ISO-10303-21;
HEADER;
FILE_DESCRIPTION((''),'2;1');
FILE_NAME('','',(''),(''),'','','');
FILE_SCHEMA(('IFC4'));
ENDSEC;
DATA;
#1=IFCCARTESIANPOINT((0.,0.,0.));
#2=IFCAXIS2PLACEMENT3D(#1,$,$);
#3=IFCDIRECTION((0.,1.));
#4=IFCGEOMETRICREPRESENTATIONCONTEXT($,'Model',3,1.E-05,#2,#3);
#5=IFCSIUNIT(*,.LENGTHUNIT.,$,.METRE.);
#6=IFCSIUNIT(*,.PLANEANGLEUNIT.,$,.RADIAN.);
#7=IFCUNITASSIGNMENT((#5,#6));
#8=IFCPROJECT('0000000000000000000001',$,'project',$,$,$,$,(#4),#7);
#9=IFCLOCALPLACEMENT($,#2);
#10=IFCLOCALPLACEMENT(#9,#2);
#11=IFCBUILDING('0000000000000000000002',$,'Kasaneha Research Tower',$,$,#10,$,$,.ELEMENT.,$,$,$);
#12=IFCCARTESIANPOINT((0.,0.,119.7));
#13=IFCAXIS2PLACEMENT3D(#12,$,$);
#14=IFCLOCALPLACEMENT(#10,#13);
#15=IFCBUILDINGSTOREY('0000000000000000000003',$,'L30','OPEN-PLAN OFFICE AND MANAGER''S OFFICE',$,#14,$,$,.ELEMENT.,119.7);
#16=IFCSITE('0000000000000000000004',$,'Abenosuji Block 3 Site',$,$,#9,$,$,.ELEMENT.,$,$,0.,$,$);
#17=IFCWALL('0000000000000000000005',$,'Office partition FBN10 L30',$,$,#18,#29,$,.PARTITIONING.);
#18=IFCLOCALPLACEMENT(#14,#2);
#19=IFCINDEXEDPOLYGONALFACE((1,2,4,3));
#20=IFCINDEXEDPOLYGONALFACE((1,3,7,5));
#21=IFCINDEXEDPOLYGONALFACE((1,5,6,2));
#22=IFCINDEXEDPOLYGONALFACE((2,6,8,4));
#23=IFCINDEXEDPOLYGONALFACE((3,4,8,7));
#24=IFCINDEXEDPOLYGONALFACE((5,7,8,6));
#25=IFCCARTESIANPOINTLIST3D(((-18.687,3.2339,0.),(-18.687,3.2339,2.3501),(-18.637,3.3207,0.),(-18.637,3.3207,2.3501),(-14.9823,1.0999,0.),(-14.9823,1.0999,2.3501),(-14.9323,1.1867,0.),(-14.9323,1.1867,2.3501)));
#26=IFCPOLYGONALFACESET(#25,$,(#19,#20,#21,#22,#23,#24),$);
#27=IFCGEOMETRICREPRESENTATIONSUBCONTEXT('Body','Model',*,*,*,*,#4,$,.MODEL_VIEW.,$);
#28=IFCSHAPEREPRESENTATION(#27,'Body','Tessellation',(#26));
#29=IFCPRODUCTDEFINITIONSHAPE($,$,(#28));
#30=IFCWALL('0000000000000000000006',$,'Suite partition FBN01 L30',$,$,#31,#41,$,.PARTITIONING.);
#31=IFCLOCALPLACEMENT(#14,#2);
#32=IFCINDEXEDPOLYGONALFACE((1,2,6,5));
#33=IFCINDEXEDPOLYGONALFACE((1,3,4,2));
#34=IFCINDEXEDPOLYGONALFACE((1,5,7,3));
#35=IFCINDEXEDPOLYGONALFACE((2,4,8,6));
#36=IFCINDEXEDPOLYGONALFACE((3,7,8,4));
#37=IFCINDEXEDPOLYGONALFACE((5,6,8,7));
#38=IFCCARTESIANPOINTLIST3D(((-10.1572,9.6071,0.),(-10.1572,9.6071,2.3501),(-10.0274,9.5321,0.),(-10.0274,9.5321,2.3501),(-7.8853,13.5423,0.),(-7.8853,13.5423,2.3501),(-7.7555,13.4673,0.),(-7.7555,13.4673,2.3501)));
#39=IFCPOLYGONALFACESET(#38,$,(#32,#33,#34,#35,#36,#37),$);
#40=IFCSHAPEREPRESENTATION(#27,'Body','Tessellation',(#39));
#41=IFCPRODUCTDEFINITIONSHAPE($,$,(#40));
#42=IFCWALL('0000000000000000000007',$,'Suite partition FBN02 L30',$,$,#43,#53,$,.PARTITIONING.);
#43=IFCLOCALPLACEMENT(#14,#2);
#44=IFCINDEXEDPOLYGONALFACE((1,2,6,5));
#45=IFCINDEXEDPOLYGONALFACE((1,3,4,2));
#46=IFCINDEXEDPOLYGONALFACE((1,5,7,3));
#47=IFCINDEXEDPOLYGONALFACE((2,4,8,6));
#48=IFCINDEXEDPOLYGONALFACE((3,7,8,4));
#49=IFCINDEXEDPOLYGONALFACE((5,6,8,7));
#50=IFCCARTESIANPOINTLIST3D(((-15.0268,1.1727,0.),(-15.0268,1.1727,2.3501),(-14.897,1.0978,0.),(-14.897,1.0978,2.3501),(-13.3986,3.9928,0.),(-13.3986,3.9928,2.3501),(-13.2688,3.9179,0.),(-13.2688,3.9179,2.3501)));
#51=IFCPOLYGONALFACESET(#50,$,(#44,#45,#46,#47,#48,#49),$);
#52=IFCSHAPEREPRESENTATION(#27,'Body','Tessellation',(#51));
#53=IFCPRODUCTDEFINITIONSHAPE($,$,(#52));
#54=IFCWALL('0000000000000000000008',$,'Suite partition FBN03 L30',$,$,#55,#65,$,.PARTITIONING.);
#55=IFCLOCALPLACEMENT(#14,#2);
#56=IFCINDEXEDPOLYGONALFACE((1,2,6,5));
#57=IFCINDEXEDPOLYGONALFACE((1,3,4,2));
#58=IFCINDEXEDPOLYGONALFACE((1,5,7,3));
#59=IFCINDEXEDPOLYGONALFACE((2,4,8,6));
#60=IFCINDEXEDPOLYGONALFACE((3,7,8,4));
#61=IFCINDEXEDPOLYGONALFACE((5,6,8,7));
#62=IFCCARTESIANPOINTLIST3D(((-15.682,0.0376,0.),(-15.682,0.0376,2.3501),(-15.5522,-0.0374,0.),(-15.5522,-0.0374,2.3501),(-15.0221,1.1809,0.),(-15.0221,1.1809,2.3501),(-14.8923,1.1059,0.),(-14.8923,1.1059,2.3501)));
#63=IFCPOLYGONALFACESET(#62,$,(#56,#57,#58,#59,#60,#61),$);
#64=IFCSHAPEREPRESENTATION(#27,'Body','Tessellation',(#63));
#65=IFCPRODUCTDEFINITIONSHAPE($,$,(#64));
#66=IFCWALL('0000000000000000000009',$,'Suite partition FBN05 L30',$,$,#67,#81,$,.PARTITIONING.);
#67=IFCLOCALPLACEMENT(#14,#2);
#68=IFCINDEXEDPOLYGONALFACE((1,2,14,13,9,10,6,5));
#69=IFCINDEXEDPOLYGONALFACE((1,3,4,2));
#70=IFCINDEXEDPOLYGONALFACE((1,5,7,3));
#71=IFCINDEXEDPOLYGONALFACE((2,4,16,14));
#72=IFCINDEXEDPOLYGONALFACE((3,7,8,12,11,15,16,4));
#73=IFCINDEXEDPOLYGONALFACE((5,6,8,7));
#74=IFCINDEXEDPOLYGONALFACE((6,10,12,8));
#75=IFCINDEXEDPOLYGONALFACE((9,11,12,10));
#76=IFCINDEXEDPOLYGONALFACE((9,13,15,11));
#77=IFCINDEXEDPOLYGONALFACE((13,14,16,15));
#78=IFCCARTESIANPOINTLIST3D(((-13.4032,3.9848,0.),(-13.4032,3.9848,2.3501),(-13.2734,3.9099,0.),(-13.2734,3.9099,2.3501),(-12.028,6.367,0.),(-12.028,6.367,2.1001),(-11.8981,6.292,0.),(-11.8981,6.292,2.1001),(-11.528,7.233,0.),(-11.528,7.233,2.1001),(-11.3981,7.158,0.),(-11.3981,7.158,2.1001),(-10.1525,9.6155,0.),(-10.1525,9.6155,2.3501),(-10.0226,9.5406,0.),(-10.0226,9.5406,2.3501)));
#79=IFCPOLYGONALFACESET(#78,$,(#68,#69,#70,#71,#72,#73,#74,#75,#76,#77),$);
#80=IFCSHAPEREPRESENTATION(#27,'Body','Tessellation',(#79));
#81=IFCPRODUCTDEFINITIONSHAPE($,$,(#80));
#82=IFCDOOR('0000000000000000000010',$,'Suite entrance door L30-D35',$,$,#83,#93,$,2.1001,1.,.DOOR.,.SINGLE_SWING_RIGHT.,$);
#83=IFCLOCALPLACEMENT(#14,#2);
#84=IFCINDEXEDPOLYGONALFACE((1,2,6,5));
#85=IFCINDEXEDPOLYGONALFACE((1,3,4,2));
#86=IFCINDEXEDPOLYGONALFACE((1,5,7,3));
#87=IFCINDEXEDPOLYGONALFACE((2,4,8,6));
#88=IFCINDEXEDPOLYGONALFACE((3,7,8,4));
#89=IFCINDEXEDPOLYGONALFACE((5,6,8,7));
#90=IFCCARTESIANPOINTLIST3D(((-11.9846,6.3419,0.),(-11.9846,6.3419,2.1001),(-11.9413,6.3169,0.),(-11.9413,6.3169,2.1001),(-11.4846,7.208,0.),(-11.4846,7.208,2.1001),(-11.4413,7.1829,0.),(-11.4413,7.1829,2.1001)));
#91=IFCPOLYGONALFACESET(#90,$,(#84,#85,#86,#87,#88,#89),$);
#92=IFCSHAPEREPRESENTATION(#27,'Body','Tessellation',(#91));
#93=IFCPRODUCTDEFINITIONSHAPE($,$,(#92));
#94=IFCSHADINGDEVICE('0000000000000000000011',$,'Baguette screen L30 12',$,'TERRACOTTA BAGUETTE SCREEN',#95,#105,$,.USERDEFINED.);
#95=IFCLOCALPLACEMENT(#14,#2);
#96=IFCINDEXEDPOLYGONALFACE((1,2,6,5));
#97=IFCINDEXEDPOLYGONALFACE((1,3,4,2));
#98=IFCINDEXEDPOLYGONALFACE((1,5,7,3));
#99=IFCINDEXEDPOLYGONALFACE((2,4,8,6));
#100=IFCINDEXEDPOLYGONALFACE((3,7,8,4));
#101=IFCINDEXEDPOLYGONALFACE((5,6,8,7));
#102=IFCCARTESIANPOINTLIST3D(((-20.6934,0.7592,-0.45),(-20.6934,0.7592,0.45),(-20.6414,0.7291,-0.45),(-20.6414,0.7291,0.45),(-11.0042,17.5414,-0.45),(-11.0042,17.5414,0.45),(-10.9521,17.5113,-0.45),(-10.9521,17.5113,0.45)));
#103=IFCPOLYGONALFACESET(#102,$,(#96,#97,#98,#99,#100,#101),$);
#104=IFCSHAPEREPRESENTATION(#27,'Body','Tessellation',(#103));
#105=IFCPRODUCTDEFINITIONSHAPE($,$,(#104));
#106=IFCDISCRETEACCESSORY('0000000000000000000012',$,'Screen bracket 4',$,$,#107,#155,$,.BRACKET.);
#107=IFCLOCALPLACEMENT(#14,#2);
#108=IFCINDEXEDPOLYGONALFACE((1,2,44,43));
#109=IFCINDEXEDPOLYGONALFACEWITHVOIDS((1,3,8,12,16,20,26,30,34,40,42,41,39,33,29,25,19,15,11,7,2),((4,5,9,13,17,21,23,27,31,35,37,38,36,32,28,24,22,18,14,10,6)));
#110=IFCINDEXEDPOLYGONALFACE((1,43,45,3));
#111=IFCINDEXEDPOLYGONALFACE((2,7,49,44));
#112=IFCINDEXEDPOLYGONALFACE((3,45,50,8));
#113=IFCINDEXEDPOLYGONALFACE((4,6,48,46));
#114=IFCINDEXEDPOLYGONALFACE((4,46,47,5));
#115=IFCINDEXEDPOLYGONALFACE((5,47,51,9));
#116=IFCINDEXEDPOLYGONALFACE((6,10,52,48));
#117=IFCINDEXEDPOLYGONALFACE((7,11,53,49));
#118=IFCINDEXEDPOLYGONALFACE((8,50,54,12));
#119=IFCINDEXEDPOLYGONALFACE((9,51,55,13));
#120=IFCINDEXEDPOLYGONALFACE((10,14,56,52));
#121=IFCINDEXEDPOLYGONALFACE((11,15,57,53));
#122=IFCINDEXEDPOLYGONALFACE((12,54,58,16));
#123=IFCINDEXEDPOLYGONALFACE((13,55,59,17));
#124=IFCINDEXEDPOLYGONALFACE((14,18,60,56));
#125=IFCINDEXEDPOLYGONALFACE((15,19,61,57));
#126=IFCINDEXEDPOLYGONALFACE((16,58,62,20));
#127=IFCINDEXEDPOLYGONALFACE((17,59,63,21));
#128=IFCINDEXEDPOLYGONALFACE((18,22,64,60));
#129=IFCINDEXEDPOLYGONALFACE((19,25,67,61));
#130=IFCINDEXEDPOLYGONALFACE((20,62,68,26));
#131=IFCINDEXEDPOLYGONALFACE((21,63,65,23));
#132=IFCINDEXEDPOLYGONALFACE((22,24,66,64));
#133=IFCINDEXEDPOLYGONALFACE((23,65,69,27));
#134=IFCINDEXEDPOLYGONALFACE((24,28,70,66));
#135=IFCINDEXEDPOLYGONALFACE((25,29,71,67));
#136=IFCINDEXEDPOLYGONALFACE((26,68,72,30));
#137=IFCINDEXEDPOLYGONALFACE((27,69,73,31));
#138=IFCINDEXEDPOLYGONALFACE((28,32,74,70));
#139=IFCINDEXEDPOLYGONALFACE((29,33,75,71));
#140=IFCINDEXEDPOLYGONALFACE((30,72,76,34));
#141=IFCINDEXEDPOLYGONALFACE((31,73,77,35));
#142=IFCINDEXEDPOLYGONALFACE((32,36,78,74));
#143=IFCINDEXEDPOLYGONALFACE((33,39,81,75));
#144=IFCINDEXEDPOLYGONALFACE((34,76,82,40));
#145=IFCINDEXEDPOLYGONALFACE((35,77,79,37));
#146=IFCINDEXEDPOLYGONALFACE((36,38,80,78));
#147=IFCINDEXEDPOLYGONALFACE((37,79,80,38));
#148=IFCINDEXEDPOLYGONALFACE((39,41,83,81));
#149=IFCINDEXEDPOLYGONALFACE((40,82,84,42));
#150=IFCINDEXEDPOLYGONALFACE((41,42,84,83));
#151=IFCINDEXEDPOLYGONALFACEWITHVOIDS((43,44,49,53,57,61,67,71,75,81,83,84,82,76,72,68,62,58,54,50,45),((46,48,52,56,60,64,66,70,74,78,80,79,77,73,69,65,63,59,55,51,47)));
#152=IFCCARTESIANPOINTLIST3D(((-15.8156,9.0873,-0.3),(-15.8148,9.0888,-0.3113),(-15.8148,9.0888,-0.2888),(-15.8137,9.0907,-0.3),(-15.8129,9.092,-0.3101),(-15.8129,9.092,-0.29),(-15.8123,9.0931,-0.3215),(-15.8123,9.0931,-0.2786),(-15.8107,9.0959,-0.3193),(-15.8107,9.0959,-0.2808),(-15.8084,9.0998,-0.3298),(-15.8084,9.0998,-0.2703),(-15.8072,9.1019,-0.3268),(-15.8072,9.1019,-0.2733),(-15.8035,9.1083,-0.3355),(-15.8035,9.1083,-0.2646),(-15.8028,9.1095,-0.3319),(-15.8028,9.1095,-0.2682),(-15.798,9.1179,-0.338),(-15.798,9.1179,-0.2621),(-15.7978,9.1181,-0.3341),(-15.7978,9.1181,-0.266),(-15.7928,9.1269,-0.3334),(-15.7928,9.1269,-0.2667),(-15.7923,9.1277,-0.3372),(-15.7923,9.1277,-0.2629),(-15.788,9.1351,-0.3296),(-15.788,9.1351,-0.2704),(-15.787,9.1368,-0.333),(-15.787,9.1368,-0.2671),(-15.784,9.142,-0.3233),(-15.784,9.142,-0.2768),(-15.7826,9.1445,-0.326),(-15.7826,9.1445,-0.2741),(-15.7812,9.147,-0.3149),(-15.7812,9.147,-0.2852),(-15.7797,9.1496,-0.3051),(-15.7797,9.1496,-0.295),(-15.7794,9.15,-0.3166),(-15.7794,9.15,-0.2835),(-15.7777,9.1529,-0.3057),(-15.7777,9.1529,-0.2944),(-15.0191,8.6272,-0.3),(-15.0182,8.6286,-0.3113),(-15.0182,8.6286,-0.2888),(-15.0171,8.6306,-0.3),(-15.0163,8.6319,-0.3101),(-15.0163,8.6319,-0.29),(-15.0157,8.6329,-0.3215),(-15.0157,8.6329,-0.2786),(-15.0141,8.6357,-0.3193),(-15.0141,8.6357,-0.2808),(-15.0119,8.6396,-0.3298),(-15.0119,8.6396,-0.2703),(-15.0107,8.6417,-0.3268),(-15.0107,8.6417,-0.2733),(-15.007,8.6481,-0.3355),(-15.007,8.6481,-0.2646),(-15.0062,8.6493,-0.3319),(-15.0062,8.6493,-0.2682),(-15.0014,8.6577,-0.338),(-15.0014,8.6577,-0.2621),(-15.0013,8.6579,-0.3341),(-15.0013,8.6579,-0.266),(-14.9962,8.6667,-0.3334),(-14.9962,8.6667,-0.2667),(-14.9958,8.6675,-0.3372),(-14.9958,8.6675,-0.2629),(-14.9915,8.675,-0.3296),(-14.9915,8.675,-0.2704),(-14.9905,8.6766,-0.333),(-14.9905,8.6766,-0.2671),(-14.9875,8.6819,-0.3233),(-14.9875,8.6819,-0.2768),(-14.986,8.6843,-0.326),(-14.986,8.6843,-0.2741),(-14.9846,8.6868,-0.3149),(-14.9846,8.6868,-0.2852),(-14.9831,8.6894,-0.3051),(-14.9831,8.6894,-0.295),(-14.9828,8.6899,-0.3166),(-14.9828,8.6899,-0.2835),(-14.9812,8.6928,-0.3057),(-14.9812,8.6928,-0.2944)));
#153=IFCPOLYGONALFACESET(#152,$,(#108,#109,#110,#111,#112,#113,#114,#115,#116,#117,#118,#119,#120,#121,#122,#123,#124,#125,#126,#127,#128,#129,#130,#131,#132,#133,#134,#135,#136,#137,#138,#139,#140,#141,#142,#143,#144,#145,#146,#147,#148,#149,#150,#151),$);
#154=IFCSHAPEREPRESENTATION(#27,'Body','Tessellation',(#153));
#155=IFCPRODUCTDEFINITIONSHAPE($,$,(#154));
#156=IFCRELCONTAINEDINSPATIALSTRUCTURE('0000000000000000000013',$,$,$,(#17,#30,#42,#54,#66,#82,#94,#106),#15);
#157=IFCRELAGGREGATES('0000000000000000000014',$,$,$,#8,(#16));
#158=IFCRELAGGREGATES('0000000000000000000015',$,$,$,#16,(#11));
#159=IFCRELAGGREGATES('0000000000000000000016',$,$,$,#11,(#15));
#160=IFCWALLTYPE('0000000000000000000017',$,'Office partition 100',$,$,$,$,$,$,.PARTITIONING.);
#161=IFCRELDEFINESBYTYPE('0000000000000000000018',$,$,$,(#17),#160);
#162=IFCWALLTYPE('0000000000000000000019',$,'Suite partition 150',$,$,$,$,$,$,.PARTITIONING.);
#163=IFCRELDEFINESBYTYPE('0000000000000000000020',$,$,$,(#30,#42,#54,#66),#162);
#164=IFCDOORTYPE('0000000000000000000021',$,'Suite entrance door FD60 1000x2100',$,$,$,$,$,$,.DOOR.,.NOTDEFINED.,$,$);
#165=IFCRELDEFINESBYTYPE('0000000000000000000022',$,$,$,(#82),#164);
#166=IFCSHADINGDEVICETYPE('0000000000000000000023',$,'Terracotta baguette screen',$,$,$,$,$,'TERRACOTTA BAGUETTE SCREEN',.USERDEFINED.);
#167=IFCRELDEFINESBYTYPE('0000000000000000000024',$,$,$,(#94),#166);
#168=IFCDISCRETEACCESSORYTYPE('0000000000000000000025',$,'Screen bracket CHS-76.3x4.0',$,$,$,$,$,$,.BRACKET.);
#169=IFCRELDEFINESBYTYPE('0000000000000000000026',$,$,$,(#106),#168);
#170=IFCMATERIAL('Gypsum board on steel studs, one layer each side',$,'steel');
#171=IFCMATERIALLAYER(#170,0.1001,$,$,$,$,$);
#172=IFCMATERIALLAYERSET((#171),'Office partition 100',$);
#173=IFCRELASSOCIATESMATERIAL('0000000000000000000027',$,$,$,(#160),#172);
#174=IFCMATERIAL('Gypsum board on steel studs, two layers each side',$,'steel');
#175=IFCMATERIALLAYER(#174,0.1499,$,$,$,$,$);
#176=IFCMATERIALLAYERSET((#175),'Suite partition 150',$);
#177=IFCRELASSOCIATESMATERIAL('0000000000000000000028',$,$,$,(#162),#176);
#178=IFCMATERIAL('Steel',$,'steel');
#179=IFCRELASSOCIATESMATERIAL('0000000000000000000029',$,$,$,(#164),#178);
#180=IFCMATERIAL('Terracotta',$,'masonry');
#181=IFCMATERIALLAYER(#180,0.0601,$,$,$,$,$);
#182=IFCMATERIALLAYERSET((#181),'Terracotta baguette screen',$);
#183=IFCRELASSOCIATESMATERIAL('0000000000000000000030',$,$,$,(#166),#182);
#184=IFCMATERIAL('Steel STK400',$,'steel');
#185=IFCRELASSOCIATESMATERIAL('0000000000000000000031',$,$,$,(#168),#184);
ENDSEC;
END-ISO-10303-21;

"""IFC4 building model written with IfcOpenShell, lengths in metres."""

from ifc_helpers import new_model, si_unit, direction, frame, frame_2d, origin, origin_2d, place, context, subcontext, project, spatial, rectangle, hollow_circle, extrude, material, layer, layer_set, material_profile, profile_set, type_object, element, fill, save


model = new_model("IFC4")

# Units and contexts
model_context = context("Model", 3, precision=1e-05, world=origin(), true_north=direction((0.0, 1.0)))
body_context = subcontext(model_context, "Body", "Model", "MODEL_VIEW")
ifc_project = project(units=[si_unit("LENGTHUNIT", "METRE"), si_unit("PLANEANGLEUNIT", "RADIAN")], contexts=[model_context])

# Site, building, storey
site_placement = place(None, origin())
site = spatial("IfcSite", under=ifc_project, at=site_placement, Name="Abenosuji Block 3 Site", CompositionType="ELEMENT", RefElevation=0.0)
building_placement = place(site_placement, origin())
building = spatial("IfcBuilding", under=site, at=building_placement, Name="Kasaneha Research Tower", CompositionType="ELEMENT")
storey_placement = place(building_placement, frame((0.0, 0.0, 119.7)))
storey = spatial("IfcBuildingStorey", under=building, at=storey_placement, Name="L30", Description="OPEN-PLAN OFFICE AND MANAGER'S OFFICE", CompositionType="ELEMENT", Elevation=119.7)

# Shared definitions
ifc_material_1 = material(Name="Gypsum board on steel studs, one layer each side", Category="steel")
ifc_layer_1 = layer(ifc_material_1, 0.1001)
ifc_layer_set_1 = layer_set([ifc_layer_1], Name="Office partition 100")
wall_type_1 = type_object("IfcWallType", Name="Office partition 100", PredefinedType="PARTITIONING", material=ifc_layer_set_1)

# Walls
wall_1_placement = place(storey_placement, frame((-14.9573, 1.1433, 0.0), z_axis=(0.0, 0.0, 1.0), x_axis=(-0.866527, 0.499131, 0.0)))
element("IfcWall", 1, at=wall_1_placement, inside=storey, type_object=wall_type_1, Name="Office partition FBN10 L30", PredefinedType="PARTITIONING", context=body_context, shape_type="SweptSolid", body=[
    extrude(rectangle(XDim=4.2754, YDim=0.1001, at=frame_2d((2.1377, 0.0))), origin(), (0.0, 0.0, 1.0), 2.3501),
])
ifc_material_2 = material(Name="Gypsum board on steel studs, two layers each side", Category="steel")
ifc_layer_2 = layer(ifc_material_2, 0.1499)
ifc_layer_set_2 = layer_set([ifc_layer_2], Name="Suite partition 150")
wall_type_2 = type_object("IfcWallType", Name="Suite partition 150", PredefinedType="PARTITIONING", material=ifc_layer_set_2)
wall_2_placement = place(storey_placement, frame((-10.0923, 9.5696, 0.0), z_axis=(0.0, 0.0, 1.0), x_axis=(0.499988, 0.866033, 0.0)))
element("IfcWall", 2, at=wall_2_placement, inside=storey, type_object=wall_type_2, Name="Suite partition FBN01 L30", PredefinedType="PARTITIONING", context=body_context, shape_type="SweptSolid", body=[
    extrude(rectangle(XDim=4.5439, YDim=0.1499, at=frame_2d((2.272, 0.0))), origin(), (0.0, 0.0, 1.0), 2.3501),
])
wall_3_placement = place(storey_placement, frame((-14.9619, 1.1353, 0.0), z_axis=(0.0, 0.0, 1.0), x_axis=(0.500002, 0.866025, 0.0)))
element("IfcWall", 3, at=wall_3_placement, inside=storey, type_object=wall_type_2, Name="Suite partition FBN02 L30", PredefinedType="PARTITIONING", context=body_context, shape_type="SweptSolid", body=[
    extrude(rectangle(XDim=3.2563, YDim=0.1499, at=frame_2d((1.6282, 0.0))), origin(), (0.0, 0.0, 1.0), 2.3501),
])
wall_4_placement = place(storey_placement, frame((-15.6172, 0.0, 0.0), z_axis=(0.0, 0.0, 1.0), x_axis=(0.499899, 0.866084, 0.0)))
element("IfcWall", 4, at=wall_4_placement, inside=storey, type_object=wall_type_2, Name="Suite partition FBN03 L30", PredefinedType="PARTITIONING", context=body_context, shape_type="SweptSolid", body=[
    extrude(rectangle(XDim=1.3201, YDim=0.1499, at=frame_2d((0.6602, 0.0))), origin(), (0.0, 0.0, 1.0), 2.3501),
])

# Wall, opening, door
wall_5_placement = place(storey_placement, frame((-13.3384, 3.9473, 0.0), z_axis=(0.0, 0.0, 1.0), x_axis=(0.499988, 0.866032, 0.0)))
wall_5 = element("IfcWall", 5, at=wall_5_placement, inside=storey, type_object=wall_type_2, Name="Suite partition FBN05 L30", PredefinedType="PARTITIONING", context=body_context, shape_type="SweptSolid", body=[
    extrude(rectangle(XDim=6.5017, YDim=0.1499, at=frame_2d((3.251, 0.0))), origin(), (0.0, 0.0, 1.0), 2.3501),
])
opening_1_placement = place(wall_5_placement, frame((2.7507, 0.0, 0.0)))
opening_1 = element("IfcOpeningElement", 6, at=opening_1_placement, cuts=wall_5, PredefinedType="OPENING", context=body_context, shape_type="SweptSolid", body=[
    extrude(rectangle(XDim=1.0, YDim=2.1001, at=frame_2d((0.5, 1.05))), frame((0.0, 0.085, 0.0), z_axis=(0.0, -1.0, 0.0), x_axis=(1.0, 0.0, 0.0)), (0.0, 0.0, 1.0), 0.1699),
])
ifc_material_3 = material(Name="Steel", Category="steel")
door_type_1 = type_object("IfcDoorType", Name="Suite entrance door FD60 1000x2100", OperationType="NOTDEFINED", PredefinedType="DOOR", material=ifc_material_3)
door_1_placement = place(opening_1_placement, origin())
door_1 = element("IfcDoor", 7, at=door_1_placement, inside=storey, type_object=door_type_1, Name="Suite entrance door L30-D35", OperationType="SINGLE_SWING_RIGHT", OverallHeight=2.1001, OverallWidth=1.0, PredefinedType="DOOR", context=body_context, shape_type="SweptSolid", body=[
    extrude(rectangle(XDim=1.0, YDim=2.1001, at=frame_2d((0.5, 1.05))), frame((0.0, 0.0249, 0.0), z_axis=(0.0, -1.0, 0.0), x_axis=(1.0, 0.0, 0.0)), (0.0, 0.0, 1.0), 0.05),
])
fill(opening_1, door_1)

# Shading device
ifc_material_4 = material(Name="Terracotta", Category="masonry")
ifc_layer_3 = layer(ifc_material_4, 0.0601)
ifc_layer_set_3 = layer_set([ifc_layer_3], Name="Terracotta baguette screen")
shading_device_type = type_object("IfcShadingDeviceType", Name="Terracotta baguette screen", ElementType="TERRACOTTA BAGUETTE SCREEN", PredefinedType="USERDEFINED", material=ifc_layer_set_3)
shading_device_placement = place(storey_placement, frame((-15.8228, 9.1353, -0.45), z_axis=(0.0, 0.0, 1.0), x_axis=(-0.5, -0.866025, 0.0)))
element("IfcShadingDevice", 8, at=shading_device_placement, inside=storey, type_object=shading_device_type, Name="Baguette screen L30 12", ObjectType="TERRACOTTA BAGUETTE SCREEN", PredefinedType="USERDEFINED", context=body_context, shape_type="SweptSolid", body=[
    extrude(rectangle(XDim=19.3784, YDim=0.0601, at=origin_2d()), origin(), (0.0, 0.0, 1.0), 0.8999),
])

# Discrete accessory
ifc_material_5 = material(Name="Steel STK400", Category="steel")
ifc_material_profile_1 = material_profile(ifc_material_5, hollow_circle(Radius=0.0381, WallThickness=0.0039, at=origin_2d()), Name="CHS-76.3x4.0")
ifc_profile_set_1 = profile_set([ifc_material_profile_1], Name="Steel STK400")
discrete_accessory_type = type_object("IfcDiscreteAccessoryType", Name="Screen bracket CHS-76.3x4.0", PredefinedType="BRACKET", material=ifc_profile_set_1)
discrete_accessory_placement = place(storey_placement, frame((-15.0, 8.6602, -0.3), z_axis=(-0.865898, 0.50022, 0.0), x_axis=(-0.50022, -0.865898, 0.0)))
element("IfcDiscreteAccessory", 9, at=discrete_accessory_placement, inside=storey, type_object=discrete_accessory_type, Name="Screen bracket 4", PredefinedType="BRACKET", context=body_context, shape_type="SweptSolid", body=[
    extrude(hollow_circle(Radius=0.0381, WallThickness=0.0039, at=origin_2d()), origin(), (0.0, 0.0, 1.0), 0.9199),
])

save(model, "model.ifc")
